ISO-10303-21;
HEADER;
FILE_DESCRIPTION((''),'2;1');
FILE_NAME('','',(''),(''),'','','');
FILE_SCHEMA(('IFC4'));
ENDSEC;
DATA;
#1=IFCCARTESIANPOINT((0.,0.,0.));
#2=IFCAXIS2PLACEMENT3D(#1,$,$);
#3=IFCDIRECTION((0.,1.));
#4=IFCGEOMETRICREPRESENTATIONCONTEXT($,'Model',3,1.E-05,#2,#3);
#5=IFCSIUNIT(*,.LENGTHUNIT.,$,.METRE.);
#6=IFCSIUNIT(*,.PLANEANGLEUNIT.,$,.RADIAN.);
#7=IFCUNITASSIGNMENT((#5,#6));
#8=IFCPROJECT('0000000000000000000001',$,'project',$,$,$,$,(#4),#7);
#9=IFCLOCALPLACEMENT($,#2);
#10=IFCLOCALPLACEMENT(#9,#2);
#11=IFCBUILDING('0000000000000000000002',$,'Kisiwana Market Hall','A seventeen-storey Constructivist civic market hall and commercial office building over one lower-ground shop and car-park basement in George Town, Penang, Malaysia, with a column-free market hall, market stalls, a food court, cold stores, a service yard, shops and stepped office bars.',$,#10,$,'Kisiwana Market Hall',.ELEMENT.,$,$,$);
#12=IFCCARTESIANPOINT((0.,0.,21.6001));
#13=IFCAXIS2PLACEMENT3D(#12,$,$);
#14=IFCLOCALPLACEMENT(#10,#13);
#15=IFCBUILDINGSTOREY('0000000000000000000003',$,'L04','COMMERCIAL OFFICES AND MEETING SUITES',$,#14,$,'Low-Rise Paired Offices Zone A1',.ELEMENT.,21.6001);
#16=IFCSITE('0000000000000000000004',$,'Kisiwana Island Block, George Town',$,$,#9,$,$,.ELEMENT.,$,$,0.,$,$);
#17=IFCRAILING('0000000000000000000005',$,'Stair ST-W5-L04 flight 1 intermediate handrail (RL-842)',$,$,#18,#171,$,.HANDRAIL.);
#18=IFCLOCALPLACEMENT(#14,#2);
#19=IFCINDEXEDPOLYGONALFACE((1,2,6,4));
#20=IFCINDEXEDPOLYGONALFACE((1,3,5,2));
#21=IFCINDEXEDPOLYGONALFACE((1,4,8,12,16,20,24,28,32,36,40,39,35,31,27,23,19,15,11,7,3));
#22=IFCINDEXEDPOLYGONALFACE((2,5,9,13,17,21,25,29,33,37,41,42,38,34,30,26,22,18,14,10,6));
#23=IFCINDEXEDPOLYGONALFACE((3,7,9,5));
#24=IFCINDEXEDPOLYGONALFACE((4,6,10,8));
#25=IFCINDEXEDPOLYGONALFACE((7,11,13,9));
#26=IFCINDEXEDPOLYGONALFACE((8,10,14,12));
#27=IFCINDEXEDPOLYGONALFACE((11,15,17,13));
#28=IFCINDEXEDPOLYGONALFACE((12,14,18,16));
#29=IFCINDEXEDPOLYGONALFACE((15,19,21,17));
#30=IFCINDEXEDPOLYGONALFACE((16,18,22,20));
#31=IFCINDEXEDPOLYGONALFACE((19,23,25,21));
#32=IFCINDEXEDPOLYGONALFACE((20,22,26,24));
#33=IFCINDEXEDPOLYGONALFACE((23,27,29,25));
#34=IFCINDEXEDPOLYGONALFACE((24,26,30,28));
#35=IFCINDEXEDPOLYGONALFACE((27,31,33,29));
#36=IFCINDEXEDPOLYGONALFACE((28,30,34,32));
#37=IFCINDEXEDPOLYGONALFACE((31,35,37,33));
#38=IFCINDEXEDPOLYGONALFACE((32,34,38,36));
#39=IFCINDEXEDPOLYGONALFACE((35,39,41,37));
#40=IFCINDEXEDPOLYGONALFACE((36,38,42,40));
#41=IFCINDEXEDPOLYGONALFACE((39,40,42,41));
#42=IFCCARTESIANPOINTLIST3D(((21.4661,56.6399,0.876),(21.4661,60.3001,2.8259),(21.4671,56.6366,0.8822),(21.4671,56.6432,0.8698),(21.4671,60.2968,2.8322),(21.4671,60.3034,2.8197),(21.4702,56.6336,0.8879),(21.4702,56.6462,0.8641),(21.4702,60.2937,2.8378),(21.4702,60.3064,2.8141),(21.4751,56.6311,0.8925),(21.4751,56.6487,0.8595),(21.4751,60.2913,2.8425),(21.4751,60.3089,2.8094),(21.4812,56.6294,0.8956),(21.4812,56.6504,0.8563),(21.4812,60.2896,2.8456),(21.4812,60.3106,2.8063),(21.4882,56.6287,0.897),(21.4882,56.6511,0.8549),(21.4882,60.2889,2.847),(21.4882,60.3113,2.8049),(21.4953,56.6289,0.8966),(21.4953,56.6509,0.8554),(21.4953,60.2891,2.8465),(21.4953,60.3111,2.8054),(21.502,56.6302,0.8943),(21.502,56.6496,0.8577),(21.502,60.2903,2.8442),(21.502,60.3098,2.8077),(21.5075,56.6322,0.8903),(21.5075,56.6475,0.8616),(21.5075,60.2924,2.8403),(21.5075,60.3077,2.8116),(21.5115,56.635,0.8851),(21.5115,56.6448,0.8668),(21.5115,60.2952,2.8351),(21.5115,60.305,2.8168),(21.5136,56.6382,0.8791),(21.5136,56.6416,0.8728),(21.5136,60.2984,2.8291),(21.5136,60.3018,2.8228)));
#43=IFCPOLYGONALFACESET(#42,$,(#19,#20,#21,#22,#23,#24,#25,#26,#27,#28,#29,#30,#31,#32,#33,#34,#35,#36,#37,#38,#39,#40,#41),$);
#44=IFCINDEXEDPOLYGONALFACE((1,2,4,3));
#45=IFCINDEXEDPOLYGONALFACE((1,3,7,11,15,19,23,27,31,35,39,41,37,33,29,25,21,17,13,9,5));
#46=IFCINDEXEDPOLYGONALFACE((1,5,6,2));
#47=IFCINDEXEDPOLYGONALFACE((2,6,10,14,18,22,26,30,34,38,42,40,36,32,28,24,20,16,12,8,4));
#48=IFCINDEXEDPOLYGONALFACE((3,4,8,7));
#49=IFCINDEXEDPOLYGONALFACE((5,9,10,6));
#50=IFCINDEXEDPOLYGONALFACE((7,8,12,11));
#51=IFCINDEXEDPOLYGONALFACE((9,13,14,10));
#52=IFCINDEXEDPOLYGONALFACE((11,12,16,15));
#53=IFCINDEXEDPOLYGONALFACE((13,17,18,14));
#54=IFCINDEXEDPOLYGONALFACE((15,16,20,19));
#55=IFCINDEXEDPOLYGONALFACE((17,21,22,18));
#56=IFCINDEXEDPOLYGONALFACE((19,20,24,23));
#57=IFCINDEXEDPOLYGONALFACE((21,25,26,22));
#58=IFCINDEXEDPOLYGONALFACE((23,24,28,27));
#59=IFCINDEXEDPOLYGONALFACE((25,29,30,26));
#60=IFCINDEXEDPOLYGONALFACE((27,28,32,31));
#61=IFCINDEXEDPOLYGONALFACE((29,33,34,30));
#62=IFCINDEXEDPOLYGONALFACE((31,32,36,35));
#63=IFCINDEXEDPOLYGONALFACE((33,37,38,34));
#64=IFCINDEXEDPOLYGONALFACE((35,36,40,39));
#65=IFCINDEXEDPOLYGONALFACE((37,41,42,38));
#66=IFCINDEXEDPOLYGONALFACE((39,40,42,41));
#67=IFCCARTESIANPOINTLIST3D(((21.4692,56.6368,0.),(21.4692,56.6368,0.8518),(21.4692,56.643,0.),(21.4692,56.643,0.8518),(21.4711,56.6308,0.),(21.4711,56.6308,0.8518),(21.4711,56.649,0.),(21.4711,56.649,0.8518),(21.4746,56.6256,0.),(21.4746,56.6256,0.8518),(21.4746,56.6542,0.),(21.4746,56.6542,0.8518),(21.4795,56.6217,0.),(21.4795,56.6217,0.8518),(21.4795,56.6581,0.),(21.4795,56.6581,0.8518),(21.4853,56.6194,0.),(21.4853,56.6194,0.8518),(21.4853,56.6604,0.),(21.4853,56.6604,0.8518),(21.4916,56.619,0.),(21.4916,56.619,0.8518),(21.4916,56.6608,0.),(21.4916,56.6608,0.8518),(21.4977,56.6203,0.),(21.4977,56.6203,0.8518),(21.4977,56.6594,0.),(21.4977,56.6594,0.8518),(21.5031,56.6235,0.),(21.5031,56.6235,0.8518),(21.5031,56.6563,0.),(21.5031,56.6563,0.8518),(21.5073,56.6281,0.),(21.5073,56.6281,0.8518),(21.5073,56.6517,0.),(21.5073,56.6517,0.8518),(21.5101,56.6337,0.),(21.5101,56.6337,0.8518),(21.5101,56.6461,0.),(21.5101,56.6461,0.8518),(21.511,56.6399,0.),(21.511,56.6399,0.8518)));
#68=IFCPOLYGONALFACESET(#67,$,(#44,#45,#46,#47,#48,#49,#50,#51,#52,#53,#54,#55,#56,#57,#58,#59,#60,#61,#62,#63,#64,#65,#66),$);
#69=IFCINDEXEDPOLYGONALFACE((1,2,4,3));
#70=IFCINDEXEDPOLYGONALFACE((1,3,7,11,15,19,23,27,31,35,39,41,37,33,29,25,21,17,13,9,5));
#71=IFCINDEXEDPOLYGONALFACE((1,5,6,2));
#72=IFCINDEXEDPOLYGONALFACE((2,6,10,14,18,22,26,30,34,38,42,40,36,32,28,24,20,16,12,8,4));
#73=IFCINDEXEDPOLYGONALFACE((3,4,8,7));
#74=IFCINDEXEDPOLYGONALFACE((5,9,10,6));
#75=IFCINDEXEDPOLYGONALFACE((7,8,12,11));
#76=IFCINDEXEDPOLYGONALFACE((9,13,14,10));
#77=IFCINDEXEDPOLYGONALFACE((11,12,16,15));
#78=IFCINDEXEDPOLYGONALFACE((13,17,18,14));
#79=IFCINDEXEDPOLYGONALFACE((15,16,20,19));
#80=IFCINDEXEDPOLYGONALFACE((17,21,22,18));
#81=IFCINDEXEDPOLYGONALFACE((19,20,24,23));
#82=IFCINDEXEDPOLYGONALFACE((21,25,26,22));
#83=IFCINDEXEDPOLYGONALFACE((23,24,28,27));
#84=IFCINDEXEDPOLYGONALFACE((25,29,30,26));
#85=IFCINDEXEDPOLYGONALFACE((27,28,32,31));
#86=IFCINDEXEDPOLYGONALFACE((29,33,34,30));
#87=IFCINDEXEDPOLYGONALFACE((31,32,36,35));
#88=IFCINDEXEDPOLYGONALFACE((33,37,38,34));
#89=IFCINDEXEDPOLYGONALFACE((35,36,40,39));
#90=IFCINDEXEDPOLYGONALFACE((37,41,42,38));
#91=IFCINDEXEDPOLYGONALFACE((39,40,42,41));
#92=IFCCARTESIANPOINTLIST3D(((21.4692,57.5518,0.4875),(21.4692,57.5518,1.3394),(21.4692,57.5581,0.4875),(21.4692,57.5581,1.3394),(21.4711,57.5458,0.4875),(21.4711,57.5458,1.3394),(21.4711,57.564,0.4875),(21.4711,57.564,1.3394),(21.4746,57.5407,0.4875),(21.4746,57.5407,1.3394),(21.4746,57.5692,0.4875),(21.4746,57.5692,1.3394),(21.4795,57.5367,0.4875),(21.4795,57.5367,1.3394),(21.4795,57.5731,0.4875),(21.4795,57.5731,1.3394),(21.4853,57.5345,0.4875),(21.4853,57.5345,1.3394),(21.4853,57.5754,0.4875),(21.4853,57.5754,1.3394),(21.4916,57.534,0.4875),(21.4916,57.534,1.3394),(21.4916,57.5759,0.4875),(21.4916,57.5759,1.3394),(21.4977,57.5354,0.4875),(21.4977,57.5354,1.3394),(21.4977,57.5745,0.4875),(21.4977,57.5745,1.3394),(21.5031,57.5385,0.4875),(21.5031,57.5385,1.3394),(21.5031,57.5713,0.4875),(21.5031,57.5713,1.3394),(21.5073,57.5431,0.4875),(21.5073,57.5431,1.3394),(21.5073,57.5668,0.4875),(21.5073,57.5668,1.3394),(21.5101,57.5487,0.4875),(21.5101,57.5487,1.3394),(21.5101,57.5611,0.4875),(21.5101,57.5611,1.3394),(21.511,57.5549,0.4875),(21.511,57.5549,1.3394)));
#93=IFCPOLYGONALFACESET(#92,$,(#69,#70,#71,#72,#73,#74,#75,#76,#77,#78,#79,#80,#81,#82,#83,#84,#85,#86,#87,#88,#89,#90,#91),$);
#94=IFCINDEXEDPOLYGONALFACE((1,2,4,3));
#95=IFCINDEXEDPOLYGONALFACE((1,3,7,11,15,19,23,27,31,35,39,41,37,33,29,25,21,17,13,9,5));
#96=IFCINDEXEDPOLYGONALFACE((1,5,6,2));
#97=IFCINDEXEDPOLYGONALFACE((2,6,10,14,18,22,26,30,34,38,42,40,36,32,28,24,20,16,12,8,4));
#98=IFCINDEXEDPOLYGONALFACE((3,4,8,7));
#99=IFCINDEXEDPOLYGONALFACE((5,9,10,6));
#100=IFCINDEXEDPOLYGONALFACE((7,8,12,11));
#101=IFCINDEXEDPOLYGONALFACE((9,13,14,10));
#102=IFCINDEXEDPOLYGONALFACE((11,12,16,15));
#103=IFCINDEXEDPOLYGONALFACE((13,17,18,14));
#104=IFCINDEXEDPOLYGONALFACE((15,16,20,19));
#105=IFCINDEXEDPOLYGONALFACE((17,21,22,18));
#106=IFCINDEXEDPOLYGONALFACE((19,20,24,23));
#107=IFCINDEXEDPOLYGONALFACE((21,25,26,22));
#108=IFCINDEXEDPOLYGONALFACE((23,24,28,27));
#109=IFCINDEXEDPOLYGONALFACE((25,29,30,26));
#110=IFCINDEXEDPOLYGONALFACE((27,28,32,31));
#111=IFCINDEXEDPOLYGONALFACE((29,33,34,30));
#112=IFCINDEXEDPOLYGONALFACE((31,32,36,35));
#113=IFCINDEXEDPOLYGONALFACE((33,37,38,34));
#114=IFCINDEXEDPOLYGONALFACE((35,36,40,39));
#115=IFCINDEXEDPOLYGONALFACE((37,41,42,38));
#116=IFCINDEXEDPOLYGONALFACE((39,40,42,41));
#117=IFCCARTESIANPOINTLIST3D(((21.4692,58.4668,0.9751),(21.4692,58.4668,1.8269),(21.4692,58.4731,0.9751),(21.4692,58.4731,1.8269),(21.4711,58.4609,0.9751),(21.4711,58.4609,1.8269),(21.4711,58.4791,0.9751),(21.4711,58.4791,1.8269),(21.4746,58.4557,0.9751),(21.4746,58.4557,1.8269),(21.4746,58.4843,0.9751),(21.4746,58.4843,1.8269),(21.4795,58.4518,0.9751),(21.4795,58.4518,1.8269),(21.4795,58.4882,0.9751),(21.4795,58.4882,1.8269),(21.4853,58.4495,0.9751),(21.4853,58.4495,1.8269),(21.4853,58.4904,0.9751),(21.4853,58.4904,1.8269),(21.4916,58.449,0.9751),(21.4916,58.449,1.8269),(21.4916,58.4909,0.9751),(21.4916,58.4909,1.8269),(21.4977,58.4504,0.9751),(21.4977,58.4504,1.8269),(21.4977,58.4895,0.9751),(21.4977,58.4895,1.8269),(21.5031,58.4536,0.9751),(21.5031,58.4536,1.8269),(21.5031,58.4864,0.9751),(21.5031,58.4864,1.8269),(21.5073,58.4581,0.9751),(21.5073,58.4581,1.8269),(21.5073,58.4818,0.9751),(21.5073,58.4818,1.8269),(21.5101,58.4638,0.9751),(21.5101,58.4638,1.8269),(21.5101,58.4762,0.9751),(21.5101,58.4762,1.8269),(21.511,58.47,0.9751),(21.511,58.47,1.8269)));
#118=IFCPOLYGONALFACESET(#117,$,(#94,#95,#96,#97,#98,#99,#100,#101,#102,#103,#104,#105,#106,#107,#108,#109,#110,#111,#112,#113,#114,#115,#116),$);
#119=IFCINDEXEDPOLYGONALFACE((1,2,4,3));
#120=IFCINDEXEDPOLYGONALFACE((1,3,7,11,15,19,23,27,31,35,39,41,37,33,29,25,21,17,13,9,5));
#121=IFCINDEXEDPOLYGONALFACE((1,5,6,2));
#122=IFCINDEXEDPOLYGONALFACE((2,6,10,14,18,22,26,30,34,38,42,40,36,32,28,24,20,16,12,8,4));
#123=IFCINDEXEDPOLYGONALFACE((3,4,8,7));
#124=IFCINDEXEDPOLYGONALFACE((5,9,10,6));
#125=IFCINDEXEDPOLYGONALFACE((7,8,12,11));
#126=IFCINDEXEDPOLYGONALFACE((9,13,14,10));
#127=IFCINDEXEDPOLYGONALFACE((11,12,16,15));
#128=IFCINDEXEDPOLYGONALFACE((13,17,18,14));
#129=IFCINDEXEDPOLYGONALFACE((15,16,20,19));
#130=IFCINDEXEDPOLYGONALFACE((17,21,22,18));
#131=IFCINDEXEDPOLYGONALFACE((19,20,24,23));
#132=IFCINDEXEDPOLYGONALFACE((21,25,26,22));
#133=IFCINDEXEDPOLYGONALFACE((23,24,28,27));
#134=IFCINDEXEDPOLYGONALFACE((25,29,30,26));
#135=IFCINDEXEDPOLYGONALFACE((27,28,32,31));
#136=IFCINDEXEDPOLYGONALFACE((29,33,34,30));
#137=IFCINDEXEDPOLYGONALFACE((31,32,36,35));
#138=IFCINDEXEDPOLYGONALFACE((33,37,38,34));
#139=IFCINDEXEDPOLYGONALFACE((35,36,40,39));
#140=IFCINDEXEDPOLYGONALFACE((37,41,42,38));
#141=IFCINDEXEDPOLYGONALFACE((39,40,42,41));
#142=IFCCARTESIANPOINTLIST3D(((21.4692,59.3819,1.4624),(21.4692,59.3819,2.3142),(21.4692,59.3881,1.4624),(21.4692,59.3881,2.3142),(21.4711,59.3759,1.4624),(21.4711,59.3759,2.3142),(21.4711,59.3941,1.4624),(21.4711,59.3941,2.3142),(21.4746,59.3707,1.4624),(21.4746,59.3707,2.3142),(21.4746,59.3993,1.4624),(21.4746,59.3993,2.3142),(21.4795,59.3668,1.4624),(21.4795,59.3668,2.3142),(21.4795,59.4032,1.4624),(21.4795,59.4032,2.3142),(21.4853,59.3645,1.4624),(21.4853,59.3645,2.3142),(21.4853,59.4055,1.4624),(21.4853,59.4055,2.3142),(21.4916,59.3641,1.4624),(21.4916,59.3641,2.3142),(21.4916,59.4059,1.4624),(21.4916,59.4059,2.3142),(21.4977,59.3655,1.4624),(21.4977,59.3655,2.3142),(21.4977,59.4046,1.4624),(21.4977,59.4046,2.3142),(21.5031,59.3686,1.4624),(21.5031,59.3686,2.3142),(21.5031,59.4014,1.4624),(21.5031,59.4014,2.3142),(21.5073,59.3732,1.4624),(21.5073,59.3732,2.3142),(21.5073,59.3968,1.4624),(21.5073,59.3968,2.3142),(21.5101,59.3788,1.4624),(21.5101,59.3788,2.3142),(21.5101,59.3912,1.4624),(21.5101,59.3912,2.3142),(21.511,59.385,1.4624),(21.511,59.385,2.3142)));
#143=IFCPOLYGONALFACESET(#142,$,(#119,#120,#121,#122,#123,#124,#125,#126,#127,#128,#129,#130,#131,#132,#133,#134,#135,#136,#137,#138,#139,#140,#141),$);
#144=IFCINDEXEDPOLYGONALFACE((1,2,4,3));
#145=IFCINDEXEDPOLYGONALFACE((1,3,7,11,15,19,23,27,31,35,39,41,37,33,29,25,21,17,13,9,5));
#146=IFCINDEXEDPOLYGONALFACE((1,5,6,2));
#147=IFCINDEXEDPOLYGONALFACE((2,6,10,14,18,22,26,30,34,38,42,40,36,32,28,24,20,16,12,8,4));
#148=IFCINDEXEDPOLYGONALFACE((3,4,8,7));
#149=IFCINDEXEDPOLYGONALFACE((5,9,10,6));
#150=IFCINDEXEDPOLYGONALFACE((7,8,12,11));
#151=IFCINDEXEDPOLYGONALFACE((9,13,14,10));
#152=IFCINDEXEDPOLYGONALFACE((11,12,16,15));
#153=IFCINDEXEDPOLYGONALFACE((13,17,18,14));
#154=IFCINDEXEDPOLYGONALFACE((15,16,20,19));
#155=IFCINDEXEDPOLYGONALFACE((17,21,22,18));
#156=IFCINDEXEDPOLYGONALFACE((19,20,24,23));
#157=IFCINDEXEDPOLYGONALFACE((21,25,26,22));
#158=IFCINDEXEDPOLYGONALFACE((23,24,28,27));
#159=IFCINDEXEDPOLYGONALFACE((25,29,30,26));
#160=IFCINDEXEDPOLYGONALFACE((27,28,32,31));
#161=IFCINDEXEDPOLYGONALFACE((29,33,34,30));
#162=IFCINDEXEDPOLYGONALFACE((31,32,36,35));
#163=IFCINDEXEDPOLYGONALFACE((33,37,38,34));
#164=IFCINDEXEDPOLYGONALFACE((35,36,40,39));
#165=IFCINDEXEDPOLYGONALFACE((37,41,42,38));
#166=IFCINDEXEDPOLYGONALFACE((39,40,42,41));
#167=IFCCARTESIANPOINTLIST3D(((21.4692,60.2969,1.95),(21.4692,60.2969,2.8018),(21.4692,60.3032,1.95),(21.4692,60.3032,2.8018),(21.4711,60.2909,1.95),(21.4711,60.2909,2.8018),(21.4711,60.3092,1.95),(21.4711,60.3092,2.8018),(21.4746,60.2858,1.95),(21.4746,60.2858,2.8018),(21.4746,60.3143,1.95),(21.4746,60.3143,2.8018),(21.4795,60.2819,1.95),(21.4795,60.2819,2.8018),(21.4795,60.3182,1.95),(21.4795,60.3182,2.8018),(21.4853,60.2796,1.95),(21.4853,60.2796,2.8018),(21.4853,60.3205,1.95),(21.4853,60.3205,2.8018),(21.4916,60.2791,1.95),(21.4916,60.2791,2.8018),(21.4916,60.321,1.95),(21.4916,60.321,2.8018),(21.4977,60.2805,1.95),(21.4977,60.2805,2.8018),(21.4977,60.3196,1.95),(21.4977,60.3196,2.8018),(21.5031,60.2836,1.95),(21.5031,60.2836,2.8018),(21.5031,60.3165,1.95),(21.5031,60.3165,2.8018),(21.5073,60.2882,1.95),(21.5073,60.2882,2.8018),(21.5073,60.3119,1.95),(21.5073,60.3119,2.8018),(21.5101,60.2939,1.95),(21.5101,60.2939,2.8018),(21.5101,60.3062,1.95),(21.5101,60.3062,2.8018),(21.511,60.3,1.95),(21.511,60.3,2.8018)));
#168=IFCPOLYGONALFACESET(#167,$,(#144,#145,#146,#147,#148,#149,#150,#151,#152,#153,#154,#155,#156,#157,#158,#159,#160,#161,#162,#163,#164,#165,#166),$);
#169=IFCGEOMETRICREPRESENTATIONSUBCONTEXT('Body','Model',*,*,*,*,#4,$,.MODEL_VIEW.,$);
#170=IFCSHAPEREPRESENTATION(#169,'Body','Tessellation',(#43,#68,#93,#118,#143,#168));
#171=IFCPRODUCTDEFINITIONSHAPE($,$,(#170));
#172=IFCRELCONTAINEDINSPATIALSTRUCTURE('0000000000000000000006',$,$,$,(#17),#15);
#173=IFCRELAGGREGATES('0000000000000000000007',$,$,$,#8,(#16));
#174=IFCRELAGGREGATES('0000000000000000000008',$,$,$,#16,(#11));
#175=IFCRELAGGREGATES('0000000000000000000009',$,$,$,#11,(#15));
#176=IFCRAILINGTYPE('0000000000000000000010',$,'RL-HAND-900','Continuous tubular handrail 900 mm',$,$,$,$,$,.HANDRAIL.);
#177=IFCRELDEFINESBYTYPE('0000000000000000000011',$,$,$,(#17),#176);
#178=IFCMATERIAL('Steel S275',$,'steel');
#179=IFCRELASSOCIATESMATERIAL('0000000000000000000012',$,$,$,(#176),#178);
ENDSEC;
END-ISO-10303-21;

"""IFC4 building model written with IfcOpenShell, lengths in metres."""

from ifc_helpers import new_model, si_unit, direction, frame, origin, origin_2d, place, context, subcontext, project, spatial, circle, extrude, material, type_object, element, save


model = new_model("IFC4")

# Units and contexts
model_context = context("Model", 3, precision=1e-05, world=origin(), true_north=direction((0.0, 1.0)))
body_context = subcontext(model_context, "Body", "Model", "MODEL_VIEW")
ifc_project = project(units=[si_unit("LENGTHUNIT", "METRE"), si_unit("PLANEANGLEUNIT", "RADIAN")], contexts=[model_context])

# Site, building, storey
site_placement = place(None, origin())
site = spatial("IfcSite", under=ifc_project, at=site_placement, Name="Kisiwana Island Block, George Town", CompositionType="ELEMENT", RefElevation=0.0)
building_placement = place(site_placement, origin())
building = spatial("IfcBuilding", under=site, at=building_placement, Name="Kisiwana Market Hall", Description="A seventeen-storey Constructivist civic market hall and commercial office building over one lower-ground shop and car-park basement in George Town, Penang, Malaysia, with a column-free market hall, market stalls, a food court, cold stores, a service yard, shops and stepped office bars.", LongName="Kisiwana Market Hall", CompositionType="ELEMENT")
storey_placement = place(building_placement, frame((0.0, 0.0, 21.6001)))
storey = spatial("IfcBuildingStorey", under=building, at=storey_placement, Name="L04", Description="COMMERCIAL OFFICES AND MEETING SUITES", LongName="Low-Rise Paired Offices Zone A1", CompositionType="ELEMENT", Elevation=21.6001)

# Railing
ifc_material_1 = material(Name="Steel S275", Category="steel")
railing_type_1 = type_object("IfcRailingType", Name="RL-HAND-900", Description="Continuous tubular handrail 900 mm", PredefinedType="HANDRAIL", material=ifc_material_1)
for number, where, name in (
    (1, (21.49, 56.6399, 0.0), "Stair ST-W5-L04 flight 1 intermediate handrail (RL-842)"),
):
    element("IfcRailing", number, at=place(storey_placement, frame(where)), inside=storey, type_object=railing_type_1, Name=name, PredefinedType="HANDRAIL", context=body_context, shape_type="SweptSolid", body=[
        extrude(circle(Radius=0.0239, at=origin_2d()), frame((0.0, 0.0, 0.876), z_axis=(0.0, 0.882566, 0.470188), x_axis=(-1.0, 0.0, 0.0)), (0.0, 0.0, 1.0), 4.1472),
        extrude(circle(Radius=0.021, at=origin_2d()), origin(), (0.0, 0.0, 1.0), 0.8518),
        extrude(circle(Radius=0.021, at=origin_2d()), frame((0.0, 0.915, 0.4875)), (0.0, 0.0, 1.0), 0.8518),
        extrude(circle(Radius=0.021, at=origin_2d()), frame((0.0, 1.8301, 0.9751)), (0.0, 0.0, 1.0), 0.8518),
        extrude(circle(Radius=0.021, at=origin_2d()), frame((0.0, 2.7451, 1.4624)), (0.0, 0.0, 1.0), 0.8518),
        extrude(circle(Radius=0.021, at=origin_2d()), frame((0.0, 3.6602, 1.95)), (0.0, 0.0, 1.0), 0.8518),
    ])

save(model, "model.ifc")
